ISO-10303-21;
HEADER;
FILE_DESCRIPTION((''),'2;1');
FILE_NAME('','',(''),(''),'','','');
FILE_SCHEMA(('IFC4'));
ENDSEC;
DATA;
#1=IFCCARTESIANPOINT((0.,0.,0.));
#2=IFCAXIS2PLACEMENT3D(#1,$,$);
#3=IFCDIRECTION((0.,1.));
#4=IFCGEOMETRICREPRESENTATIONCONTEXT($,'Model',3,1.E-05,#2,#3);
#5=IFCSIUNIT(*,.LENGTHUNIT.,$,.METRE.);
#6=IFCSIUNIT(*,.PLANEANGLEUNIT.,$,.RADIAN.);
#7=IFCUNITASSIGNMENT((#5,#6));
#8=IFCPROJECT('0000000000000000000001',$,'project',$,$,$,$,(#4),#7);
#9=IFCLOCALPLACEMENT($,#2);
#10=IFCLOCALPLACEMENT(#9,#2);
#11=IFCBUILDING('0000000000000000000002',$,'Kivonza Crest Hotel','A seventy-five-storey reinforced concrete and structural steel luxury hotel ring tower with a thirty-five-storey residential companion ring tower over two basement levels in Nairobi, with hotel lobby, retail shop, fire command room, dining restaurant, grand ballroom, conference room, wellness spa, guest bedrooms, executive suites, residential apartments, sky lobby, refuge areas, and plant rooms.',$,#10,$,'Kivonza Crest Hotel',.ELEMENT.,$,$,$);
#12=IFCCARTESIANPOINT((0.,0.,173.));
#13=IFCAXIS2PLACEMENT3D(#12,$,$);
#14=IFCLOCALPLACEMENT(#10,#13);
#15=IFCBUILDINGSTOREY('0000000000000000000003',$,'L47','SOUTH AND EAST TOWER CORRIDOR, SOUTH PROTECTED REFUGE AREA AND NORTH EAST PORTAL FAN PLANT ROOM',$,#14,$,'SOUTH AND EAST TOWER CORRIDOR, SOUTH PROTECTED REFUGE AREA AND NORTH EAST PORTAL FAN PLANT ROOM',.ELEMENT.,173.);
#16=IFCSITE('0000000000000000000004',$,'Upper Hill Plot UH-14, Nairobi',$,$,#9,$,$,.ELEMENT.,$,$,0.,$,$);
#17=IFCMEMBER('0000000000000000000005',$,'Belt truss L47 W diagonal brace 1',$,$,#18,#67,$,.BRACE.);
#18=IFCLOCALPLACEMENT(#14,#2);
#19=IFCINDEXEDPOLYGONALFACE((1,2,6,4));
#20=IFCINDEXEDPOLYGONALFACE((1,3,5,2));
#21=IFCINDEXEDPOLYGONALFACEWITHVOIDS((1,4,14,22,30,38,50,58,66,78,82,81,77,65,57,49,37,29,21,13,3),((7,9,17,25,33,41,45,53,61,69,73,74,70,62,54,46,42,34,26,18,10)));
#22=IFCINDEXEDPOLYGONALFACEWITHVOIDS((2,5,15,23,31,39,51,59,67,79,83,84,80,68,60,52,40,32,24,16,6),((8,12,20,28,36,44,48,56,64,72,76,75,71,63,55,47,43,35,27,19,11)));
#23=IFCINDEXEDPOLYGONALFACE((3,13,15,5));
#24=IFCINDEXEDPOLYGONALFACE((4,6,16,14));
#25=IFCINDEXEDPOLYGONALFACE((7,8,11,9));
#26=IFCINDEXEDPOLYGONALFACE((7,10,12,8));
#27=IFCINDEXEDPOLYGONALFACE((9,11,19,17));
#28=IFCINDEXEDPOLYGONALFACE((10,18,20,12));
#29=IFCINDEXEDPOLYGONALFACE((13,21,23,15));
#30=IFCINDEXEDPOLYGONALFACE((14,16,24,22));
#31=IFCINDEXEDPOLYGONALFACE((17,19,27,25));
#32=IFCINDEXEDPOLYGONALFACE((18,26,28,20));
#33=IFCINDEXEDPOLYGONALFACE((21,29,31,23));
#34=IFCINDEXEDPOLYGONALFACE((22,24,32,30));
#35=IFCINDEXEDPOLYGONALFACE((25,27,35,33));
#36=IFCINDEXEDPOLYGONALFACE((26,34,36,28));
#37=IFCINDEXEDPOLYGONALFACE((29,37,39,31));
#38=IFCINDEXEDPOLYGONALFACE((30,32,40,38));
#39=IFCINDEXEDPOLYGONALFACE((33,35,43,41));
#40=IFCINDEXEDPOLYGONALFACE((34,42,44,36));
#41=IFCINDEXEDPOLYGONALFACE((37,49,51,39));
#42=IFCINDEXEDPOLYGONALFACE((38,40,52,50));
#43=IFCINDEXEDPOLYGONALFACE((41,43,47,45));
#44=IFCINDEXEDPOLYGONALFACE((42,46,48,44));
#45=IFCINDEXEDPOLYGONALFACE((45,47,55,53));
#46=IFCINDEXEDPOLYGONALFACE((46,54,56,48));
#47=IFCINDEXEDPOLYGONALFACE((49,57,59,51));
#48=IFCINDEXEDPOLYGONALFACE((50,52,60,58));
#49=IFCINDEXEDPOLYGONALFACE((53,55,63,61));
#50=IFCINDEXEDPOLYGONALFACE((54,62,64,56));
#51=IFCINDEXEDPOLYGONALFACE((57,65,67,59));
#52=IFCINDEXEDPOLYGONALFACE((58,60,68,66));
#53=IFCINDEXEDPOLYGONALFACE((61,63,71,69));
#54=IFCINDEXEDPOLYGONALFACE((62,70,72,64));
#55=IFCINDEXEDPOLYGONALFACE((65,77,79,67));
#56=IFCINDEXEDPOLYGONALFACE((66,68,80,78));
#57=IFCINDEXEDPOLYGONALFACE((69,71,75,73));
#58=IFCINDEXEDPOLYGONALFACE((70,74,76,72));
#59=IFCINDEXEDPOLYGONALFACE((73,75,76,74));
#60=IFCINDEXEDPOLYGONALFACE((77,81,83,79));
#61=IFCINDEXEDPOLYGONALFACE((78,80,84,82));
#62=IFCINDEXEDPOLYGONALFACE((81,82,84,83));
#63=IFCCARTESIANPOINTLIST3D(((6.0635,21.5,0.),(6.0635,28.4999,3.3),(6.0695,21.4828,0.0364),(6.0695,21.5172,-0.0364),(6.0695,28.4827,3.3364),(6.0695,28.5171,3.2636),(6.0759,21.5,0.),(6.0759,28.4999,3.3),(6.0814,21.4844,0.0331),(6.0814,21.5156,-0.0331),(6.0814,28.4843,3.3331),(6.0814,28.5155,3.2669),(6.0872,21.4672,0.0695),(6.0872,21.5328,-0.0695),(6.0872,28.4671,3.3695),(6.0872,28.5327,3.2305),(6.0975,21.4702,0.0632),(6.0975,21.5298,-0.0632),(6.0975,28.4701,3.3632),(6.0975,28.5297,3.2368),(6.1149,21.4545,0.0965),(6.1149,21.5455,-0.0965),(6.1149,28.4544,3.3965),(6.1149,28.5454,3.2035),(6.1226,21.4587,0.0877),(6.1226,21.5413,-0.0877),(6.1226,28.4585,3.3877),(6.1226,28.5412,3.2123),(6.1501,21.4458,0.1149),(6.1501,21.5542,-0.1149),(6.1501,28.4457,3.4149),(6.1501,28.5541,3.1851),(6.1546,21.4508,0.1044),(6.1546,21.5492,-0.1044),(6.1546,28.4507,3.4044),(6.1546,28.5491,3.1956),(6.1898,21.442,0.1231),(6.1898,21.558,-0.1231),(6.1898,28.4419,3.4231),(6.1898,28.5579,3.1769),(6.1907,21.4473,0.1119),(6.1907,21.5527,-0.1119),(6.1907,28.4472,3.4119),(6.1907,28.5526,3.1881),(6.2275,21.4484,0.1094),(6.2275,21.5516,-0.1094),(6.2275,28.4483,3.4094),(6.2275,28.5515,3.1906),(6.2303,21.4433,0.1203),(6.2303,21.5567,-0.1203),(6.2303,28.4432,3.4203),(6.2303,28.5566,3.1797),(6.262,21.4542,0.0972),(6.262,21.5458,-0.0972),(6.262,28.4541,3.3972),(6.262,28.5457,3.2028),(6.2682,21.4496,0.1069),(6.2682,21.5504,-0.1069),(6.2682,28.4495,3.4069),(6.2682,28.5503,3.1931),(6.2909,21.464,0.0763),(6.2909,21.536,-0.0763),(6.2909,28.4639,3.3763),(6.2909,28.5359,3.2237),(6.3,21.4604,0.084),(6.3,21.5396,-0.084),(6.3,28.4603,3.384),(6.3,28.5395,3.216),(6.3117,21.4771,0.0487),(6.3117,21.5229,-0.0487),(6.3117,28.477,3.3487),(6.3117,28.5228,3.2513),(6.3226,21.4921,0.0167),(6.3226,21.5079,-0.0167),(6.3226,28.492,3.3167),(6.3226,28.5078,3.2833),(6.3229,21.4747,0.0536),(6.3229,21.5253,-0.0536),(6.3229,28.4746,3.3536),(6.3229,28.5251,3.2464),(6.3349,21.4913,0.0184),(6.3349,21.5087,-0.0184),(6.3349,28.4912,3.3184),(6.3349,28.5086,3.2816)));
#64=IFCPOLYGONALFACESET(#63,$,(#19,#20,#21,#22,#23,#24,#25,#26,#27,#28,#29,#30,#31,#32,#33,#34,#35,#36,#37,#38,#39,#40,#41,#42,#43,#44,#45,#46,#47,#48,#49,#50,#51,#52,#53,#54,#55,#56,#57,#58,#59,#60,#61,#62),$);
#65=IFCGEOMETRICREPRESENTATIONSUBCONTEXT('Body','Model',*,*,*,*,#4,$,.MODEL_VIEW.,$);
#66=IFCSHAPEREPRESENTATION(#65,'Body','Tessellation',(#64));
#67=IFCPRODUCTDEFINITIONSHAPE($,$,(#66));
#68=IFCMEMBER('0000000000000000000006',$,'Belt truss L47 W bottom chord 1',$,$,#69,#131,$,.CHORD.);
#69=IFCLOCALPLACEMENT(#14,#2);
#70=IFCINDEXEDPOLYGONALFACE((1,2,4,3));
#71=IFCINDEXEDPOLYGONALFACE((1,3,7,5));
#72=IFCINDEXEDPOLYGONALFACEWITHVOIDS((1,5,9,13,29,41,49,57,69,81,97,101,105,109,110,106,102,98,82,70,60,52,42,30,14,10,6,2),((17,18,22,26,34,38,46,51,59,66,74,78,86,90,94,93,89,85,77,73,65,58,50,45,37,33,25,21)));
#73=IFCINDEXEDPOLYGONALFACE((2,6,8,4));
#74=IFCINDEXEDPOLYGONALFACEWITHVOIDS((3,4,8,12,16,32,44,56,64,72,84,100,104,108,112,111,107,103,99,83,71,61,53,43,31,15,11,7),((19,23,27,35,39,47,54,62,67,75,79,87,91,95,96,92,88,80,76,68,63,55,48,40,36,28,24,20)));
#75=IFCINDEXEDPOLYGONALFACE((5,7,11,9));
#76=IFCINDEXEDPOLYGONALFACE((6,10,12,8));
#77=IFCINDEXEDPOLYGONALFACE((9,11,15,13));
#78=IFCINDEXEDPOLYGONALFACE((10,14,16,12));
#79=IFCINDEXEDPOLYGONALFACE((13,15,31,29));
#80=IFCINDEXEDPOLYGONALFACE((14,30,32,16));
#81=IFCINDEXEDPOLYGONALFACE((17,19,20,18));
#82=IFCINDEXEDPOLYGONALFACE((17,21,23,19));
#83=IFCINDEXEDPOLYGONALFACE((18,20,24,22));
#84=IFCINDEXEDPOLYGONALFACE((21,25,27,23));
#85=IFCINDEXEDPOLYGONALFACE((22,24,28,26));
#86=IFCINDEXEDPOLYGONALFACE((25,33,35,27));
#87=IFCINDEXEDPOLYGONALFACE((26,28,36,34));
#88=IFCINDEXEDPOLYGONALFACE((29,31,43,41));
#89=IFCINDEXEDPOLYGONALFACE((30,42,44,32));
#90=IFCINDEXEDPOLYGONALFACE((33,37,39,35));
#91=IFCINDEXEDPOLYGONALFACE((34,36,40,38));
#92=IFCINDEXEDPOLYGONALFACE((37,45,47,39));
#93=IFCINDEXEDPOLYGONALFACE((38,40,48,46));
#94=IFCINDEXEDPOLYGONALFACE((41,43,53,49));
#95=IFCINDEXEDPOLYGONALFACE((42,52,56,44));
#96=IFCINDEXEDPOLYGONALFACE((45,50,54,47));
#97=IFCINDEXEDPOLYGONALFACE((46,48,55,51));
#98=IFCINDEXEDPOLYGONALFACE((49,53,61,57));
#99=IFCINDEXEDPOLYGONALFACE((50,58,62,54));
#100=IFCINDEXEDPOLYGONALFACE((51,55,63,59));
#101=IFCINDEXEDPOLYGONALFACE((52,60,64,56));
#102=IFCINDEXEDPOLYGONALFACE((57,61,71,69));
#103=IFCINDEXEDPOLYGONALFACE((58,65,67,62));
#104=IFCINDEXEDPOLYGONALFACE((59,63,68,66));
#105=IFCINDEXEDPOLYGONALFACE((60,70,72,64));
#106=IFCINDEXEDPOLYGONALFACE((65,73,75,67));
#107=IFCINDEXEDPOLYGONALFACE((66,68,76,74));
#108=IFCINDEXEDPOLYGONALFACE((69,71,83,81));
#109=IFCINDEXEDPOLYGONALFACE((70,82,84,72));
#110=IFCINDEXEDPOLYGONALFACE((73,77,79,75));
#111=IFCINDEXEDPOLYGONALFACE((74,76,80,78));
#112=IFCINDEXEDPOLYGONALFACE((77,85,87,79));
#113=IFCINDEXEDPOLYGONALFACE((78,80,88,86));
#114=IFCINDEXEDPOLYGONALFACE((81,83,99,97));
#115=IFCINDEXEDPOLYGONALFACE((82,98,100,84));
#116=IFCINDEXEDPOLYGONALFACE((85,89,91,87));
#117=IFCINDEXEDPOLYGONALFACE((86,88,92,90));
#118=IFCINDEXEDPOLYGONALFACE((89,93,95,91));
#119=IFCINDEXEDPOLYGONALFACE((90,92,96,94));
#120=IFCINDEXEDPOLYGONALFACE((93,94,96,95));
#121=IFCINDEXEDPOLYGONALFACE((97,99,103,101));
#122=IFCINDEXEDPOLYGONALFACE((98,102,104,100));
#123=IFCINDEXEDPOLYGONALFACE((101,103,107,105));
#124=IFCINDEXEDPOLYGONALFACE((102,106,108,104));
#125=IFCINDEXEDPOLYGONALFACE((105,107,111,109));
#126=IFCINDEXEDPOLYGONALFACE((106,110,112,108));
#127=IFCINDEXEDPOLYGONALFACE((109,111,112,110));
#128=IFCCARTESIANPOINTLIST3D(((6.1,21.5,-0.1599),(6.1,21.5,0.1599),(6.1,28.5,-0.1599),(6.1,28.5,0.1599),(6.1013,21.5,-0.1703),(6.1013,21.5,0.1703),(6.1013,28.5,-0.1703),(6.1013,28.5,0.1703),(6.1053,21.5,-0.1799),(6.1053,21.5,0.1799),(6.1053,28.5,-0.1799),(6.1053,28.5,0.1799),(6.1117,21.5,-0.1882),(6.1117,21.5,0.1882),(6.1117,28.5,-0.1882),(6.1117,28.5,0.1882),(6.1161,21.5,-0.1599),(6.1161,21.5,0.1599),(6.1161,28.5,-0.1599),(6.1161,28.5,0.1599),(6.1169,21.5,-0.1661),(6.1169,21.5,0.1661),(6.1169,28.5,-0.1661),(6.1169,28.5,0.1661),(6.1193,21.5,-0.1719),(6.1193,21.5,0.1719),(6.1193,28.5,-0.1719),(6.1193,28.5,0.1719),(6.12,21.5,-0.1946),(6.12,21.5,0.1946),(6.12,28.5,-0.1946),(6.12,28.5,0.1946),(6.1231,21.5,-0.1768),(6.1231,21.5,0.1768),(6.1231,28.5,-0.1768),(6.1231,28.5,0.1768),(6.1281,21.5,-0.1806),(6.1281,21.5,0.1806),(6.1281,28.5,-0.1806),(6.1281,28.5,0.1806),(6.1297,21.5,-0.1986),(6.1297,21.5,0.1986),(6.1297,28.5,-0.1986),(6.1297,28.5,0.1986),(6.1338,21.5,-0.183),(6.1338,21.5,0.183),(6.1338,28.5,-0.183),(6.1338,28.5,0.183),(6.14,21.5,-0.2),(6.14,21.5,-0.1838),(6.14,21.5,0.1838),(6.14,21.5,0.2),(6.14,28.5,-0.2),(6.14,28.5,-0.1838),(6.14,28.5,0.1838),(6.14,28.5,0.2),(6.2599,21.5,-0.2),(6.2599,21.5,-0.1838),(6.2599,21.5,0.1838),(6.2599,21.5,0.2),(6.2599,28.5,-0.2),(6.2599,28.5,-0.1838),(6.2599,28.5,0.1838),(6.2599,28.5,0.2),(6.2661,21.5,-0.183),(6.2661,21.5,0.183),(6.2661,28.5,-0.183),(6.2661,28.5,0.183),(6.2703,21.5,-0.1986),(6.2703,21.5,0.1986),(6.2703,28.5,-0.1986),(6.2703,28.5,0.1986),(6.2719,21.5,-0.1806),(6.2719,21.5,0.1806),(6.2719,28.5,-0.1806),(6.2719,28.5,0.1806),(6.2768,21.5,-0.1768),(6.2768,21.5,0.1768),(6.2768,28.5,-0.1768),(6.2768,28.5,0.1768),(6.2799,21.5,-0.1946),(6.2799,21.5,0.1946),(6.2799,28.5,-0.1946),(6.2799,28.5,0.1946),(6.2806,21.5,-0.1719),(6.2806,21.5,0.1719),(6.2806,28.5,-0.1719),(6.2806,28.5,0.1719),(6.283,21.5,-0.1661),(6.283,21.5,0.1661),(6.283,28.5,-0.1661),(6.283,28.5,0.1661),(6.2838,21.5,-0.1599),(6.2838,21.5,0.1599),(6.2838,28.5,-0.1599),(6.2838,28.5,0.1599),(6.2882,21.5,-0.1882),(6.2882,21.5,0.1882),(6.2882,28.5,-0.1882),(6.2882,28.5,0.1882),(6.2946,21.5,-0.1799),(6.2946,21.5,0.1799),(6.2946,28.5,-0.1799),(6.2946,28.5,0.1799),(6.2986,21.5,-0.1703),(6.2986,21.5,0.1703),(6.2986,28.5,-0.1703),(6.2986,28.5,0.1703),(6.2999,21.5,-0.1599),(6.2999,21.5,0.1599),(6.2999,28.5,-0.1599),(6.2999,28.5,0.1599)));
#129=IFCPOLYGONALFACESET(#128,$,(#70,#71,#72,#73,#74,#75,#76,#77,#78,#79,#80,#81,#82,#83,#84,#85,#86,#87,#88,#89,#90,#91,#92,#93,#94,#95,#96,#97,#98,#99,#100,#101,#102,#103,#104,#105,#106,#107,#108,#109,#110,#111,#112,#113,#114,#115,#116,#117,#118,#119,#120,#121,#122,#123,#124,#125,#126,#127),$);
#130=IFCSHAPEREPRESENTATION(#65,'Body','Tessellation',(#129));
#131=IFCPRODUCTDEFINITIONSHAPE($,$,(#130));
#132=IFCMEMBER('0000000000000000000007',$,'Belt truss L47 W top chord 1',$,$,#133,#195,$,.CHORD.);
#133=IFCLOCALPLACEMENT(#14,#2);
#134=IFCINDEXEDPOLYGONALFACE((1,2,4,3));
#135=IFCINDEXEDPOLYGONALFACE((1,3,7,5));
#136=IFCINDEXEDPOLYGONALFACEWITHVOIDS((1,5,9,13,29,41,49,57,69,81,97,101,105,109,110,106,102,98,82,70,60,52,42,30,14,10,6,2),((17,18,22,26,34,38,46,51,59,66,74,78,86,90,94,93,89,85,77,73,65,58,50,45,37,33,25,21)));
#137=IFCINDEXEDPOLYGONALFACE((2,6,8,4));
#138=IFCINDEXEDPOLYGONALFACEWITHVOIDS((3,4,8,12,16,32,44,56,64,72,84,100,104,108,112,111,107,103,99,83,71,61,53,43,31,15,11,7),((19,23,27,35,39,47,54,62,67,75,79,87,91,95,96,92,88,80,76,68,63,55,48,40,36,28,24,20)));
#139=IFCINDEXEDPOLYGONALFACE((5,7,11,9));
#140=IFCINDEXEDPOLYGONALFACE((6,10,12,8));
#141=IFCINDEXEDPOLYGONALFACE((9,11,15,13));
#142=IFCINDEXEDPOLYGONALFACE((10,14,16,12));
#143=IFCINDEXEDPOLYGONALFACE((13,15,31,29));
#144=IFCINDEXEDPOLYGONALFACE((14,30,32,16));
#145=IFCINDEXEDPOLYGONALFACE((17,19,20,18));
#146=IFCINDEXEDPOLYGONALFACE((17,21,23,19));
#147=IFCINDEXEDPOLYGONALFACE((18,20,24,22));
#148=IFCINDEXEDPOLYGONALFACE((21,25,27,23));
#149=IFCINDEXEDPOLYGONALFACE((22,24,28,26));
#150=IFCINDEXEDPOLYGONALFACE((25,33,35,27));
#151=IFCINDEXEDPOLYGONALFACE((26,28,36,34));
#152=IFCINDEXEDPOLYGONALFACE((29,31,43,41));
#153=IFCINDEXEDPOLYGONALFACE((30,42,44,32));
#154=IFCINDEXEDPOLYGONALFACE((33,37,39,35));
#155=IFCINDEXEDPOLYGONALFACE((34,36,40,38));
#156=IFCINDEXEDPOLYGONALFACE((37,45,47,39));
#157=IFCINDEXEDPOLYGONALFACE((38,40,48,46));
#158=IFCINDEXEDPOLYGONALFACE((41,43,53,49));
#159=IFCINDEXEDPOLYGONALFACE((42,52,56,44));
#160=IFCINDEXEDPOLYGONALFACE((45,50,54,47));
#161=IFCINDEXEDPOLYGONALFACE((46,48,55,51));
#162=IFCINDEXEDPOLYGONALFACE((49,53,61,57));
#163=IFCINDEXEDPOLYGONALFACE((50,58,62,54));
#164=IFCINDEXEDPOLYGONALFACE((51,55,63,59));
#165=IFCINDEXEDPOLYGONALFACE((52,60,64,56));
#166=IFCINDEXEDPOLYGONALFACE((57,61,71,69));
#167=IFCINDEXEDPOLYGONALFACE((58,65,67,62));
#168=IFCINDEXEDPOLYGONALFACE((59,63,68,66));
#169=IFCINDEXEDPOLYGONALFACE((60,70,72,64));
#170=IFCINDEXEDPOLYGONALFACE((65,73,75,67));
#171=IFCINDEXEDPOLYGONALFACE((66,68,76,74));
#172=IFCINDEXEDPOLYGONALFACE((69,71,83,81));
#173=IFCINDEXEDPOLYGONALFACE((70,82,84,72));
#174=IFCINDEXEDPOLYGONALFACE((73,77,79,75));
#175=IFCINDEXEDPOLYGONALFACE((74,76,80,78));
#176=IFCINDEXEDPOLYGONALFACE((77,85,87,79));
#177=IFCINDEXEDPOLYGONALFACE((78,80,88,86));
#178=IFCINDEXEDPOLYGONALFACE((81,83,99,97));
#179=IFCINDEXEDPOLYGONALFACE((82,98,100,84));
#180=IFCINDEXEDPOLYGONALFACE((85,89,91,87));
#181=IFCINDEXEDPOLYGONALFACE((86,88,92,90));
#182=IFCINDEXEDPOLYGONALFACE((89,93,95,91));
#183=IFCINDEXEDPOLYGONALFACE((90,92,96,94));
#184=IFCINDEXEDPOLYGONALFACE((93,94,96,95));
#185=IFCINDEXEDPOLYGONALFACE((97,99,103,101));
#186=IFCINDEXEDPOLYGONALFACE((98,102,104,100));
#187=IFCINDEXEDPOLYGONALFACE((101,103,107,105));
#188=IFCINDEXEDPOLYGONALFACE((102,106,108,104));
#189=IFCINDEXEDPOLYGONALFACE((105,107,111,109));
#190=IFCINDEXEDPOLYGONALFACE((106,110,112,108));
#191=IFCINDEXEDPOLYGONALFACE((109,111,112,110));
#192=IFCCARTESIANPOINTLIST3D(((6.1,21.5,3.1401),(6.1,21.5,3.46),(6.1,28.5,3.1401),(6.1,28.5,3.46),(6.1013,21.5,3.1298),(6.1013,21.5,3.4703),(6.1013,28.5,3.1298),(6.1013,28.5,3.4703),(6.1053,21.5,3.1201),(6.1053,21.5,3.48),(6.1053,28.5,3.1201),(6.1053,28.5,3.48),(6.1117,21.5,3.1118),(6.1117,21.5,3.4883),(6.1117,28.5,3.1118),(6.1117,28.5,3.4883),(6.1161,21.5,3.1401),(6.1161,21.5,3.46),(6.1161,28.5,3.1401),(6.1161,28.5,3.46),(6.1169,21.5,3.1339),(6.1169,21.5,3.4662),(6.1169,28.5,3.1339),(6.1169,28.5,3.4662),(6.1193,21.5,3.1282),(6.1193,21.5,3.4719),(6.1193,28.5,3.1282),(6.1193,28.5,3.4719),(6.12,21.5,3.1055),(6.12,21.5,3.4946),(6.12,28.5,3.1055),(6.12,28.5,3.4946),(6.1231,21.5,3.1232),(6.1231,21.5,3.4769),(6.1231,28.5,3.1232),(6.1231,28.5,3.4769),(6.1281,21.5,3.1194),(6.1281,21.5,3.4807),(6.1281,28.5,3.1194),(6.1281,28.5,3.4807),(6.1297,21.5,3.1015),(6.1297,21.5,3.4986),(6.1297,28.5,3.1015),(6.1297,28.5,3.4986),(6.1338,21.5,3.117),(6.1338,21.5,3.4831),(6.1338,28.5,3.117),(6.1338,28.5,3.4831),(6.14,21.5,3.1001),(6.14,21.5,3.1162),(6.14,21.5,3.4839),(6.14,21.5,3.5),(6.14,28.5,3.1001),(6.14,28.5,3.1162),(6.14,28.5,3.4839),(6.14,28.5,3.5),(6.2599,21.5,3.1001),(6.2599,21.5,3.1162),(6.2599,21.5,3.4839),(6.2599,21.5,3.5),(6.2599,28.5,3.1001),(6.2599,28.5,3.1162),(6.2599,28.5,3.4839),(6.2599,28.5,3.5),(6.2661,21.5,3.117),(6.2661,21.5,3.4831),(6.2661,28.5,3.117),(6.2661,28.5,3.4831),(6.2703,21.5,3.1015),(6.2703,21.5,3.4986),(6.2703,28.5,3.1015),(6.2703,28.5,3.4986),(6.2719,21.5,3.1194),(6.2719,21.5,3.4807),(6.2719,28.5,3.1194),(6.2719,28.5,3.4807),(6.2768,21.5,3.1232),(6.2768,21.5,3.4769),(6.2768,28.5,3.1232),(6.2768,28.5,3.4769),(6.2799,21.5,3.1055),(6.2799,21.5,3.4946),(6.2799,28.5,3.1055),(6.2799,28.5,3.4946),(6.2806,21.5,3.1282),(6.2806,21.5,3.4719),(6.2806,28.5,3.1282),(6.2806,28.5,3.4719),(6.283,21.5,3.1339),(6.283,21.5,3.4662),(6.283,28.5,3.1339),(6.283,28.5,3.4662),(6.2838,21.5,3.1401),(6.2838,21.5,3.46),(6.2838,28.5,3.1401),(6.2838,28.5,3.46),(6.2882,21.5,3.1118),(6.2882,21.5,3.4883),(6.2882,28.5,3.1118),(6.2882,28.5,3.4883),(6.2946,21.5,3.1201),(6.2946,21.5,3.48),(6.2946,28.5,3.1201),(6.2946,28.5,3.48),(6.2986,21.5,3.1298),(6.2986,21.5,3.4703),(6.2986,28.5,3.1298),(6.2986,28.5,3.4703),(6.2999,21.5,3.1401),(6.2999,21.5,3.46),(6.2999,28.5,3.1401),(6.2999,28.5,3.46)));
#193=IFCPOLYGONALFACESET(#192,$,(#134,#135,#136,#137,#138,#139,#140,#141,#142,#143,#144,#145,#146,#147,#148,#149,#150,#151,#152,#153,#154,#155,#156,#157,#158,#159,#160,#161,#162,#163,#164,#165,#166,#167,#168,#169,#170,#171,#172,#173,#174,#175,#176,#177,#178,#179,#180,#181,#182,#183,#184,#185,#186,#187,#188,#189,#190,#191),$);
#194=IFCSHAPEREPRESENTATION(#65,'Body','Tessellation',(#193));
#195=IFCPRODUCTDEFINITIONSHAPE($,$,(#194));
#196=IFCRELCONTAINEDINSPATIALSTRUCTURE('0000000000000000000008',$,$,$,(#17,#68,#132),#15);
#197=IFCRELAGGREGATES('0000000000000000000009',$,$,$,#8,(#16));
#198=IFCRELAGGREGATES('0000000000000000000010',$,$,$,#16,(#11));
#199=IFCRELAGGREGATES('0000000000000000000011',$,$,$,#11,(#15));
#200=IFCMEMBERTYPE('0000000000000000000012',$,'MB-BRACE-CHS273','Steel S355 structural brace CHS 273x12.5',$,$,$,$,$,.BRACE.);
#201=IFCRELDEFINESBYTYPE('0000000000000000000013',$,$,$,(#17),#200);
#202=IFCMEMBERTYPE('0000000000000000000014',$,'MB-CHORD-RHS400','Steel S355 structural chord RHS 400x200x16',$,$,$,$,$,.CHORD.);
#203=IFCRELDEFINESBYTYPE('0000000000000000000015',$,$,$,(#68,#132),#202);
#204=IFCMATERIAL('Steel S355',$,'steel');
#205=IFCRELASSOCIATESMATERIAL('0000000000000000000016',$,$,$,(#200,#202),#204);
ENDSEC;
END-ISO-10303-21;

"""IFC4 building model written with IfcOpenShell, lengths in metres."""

from ifc_helpers import new_model, si_unit, direction, frame, origin, origin_2d, place, context, subcontext, project, spatial, hollow_rectangle, hollow_circle, extrude, material, material_profile, profile_set, type_object, element, save


model = new_model("IFC4")

# Units and contexts
model_context = context("Model", 3, precision=1e-05, world=origin(), true_north=direction((0.0, 1.0)))
body_context = subcontext(model_context, "Body", "Model", "MODEL_VIEW")
ifc_project = project(units=[si_unit("LENGTHUNIT", "METRE"), si_unit("PLANEANGLEUNIT", "RADIAN")], contexts=[model_context])

# Site, building, storey
site_placement = place(None, origin())
site = spatial("IfcSite", under=ifc_project, at=site_placement, Name="Upper Hill Plot UH-14, Nairobi", CompositionType="ELEMENT", RefElevation=0.0)
building_placement = place(site_placement, origin())
building = spatial("IfcBuilding", under=site, at=building_placement, Name="Kivonza Crest Hotel", Description="A seventy-five-storey reinforced concrete and structural steel luxury hotel ring tower with a thirty-five-storey residential companion ring tower over two basement levels in Nairobi, with hotel lobby, retail shop, fire command room, dining restaurant, grand ballroom, conference room, wellness spa, guest bedrooms, executive suites, residential apartments, sky lobby, refuge areas, and plant rooms.", LongName="Kivonza Crest Hotel", CompositionType="ELEMENT")
storey_placement = place(building_placement, frame((0.0, 0.0, 173.0)))
storey = spatial("IfcBuildingStorey", under=building, at=storey_placement, Name="L47", Description="SOUTH AND EAST TOWER CORRIDOR, SOUTH PROTECTED REFUGE AREA AND NORTH EAST PORTAL FAN PLANT ROOM", LongName="SOUTH AND EAST TOWER CORRIDOR, SOUTH PROTECTED REFUGE AREA AND NORTH EAST PORTAL FAN PLANT ROOM", CompositionType="ELEMENT", Elevation=173.0)

# Shared definitions
ifc_material_1 = material(Name="Steel S355", Category="steel")

# Members
ifc_material_profile_1 = material_profile(ifc_material_1, hollow_circle(Radius=0.1365, WallThickness=0.0125, at=origin_2d()), Name="CHS 273x12.5")
ifc_profile_set_1 = profile_set([ifc_material_profile_1], Name="Steel S355")
member_type_1 = type_object("IfcMemberType", Name="MB-BRACE-CHS273", Description="Steel S355 structural brace CHS 273x12.5", PredefinedType="BRACE", material=ifc_profile_set_1)
member_placement = place(storey_placement, frame((6.2, 21.5, 0.0), z_axis=(0.0, 0.904523, 0.426424), x_axis=(-1.0, 0.0, 0.0)))
element("IfcMember", 1, at=member_placement, inside=storey, type_object=member_type_1, Name="Belt truss L47 W diagonal brace 1", PredefinedType="BRACE", context=body_context, shape_type="SweptSolid", body=[
    extrude(hollow_circle(Radius=0.1365, WallThickness=0.0125, at=origin_2d()), origin(), (0.0, 0.0, 1.0), 7.7388),
])
ifc_material_profile_2 = material_profile(ifc_material_1, hollow_rectangle(XDim=0.2, YDim=0.3999, WallThickness=0.0161, InnerFilletRadius=0.0239, OuterFilletRadius=0.04, at=origin_2d()), Name="RHS 400x200x16")
ifc_profile_set_2 = profile_set([ifc_material_profile_2], Name="Steel S355")
member_type_2 = type_object("IfcMemberType", Name="MB-CHORD-RHS400", Description="Steel S355 structural chord RHS 400x200x16", PredefinedType="CHORD", material=ifc_profile_set_2)
for number, where, z_axis, x_axis, name in (
    (2, (6.2, 21.5, 0.0), (0.0, 1.0, 0.0), (-1.0, 0.0, 0.0), "Belt truss L47 W bottom chord 1"),
    (3, (6.2, 21.5, 3.3), (0.0, 1.0, 0.0), (-1.0, 0.0, 0.0), "Belt truss L47 W top chord 1"),
):
    element("IfcMember", number, at=place(storey_placement, frame(where, z_axis=z_axis, x_axis=x_axis)), inside=storey, type_object=member_type_2, Name=name, PredefinedType="CHORD", context=body_context, shape_type="SweptSolid", body=[
        extrude(hollow_rectangle(XDim=0.2, YDim=0.3999, WallThickness=0.0161, InnerFilletRadius=0.0239, OuterFilletRadius=0.04, at=origin_2d()), origin(), (0.0, 0.0, 1.0), 7.0),
    ])

save(model, "model.ifc")
